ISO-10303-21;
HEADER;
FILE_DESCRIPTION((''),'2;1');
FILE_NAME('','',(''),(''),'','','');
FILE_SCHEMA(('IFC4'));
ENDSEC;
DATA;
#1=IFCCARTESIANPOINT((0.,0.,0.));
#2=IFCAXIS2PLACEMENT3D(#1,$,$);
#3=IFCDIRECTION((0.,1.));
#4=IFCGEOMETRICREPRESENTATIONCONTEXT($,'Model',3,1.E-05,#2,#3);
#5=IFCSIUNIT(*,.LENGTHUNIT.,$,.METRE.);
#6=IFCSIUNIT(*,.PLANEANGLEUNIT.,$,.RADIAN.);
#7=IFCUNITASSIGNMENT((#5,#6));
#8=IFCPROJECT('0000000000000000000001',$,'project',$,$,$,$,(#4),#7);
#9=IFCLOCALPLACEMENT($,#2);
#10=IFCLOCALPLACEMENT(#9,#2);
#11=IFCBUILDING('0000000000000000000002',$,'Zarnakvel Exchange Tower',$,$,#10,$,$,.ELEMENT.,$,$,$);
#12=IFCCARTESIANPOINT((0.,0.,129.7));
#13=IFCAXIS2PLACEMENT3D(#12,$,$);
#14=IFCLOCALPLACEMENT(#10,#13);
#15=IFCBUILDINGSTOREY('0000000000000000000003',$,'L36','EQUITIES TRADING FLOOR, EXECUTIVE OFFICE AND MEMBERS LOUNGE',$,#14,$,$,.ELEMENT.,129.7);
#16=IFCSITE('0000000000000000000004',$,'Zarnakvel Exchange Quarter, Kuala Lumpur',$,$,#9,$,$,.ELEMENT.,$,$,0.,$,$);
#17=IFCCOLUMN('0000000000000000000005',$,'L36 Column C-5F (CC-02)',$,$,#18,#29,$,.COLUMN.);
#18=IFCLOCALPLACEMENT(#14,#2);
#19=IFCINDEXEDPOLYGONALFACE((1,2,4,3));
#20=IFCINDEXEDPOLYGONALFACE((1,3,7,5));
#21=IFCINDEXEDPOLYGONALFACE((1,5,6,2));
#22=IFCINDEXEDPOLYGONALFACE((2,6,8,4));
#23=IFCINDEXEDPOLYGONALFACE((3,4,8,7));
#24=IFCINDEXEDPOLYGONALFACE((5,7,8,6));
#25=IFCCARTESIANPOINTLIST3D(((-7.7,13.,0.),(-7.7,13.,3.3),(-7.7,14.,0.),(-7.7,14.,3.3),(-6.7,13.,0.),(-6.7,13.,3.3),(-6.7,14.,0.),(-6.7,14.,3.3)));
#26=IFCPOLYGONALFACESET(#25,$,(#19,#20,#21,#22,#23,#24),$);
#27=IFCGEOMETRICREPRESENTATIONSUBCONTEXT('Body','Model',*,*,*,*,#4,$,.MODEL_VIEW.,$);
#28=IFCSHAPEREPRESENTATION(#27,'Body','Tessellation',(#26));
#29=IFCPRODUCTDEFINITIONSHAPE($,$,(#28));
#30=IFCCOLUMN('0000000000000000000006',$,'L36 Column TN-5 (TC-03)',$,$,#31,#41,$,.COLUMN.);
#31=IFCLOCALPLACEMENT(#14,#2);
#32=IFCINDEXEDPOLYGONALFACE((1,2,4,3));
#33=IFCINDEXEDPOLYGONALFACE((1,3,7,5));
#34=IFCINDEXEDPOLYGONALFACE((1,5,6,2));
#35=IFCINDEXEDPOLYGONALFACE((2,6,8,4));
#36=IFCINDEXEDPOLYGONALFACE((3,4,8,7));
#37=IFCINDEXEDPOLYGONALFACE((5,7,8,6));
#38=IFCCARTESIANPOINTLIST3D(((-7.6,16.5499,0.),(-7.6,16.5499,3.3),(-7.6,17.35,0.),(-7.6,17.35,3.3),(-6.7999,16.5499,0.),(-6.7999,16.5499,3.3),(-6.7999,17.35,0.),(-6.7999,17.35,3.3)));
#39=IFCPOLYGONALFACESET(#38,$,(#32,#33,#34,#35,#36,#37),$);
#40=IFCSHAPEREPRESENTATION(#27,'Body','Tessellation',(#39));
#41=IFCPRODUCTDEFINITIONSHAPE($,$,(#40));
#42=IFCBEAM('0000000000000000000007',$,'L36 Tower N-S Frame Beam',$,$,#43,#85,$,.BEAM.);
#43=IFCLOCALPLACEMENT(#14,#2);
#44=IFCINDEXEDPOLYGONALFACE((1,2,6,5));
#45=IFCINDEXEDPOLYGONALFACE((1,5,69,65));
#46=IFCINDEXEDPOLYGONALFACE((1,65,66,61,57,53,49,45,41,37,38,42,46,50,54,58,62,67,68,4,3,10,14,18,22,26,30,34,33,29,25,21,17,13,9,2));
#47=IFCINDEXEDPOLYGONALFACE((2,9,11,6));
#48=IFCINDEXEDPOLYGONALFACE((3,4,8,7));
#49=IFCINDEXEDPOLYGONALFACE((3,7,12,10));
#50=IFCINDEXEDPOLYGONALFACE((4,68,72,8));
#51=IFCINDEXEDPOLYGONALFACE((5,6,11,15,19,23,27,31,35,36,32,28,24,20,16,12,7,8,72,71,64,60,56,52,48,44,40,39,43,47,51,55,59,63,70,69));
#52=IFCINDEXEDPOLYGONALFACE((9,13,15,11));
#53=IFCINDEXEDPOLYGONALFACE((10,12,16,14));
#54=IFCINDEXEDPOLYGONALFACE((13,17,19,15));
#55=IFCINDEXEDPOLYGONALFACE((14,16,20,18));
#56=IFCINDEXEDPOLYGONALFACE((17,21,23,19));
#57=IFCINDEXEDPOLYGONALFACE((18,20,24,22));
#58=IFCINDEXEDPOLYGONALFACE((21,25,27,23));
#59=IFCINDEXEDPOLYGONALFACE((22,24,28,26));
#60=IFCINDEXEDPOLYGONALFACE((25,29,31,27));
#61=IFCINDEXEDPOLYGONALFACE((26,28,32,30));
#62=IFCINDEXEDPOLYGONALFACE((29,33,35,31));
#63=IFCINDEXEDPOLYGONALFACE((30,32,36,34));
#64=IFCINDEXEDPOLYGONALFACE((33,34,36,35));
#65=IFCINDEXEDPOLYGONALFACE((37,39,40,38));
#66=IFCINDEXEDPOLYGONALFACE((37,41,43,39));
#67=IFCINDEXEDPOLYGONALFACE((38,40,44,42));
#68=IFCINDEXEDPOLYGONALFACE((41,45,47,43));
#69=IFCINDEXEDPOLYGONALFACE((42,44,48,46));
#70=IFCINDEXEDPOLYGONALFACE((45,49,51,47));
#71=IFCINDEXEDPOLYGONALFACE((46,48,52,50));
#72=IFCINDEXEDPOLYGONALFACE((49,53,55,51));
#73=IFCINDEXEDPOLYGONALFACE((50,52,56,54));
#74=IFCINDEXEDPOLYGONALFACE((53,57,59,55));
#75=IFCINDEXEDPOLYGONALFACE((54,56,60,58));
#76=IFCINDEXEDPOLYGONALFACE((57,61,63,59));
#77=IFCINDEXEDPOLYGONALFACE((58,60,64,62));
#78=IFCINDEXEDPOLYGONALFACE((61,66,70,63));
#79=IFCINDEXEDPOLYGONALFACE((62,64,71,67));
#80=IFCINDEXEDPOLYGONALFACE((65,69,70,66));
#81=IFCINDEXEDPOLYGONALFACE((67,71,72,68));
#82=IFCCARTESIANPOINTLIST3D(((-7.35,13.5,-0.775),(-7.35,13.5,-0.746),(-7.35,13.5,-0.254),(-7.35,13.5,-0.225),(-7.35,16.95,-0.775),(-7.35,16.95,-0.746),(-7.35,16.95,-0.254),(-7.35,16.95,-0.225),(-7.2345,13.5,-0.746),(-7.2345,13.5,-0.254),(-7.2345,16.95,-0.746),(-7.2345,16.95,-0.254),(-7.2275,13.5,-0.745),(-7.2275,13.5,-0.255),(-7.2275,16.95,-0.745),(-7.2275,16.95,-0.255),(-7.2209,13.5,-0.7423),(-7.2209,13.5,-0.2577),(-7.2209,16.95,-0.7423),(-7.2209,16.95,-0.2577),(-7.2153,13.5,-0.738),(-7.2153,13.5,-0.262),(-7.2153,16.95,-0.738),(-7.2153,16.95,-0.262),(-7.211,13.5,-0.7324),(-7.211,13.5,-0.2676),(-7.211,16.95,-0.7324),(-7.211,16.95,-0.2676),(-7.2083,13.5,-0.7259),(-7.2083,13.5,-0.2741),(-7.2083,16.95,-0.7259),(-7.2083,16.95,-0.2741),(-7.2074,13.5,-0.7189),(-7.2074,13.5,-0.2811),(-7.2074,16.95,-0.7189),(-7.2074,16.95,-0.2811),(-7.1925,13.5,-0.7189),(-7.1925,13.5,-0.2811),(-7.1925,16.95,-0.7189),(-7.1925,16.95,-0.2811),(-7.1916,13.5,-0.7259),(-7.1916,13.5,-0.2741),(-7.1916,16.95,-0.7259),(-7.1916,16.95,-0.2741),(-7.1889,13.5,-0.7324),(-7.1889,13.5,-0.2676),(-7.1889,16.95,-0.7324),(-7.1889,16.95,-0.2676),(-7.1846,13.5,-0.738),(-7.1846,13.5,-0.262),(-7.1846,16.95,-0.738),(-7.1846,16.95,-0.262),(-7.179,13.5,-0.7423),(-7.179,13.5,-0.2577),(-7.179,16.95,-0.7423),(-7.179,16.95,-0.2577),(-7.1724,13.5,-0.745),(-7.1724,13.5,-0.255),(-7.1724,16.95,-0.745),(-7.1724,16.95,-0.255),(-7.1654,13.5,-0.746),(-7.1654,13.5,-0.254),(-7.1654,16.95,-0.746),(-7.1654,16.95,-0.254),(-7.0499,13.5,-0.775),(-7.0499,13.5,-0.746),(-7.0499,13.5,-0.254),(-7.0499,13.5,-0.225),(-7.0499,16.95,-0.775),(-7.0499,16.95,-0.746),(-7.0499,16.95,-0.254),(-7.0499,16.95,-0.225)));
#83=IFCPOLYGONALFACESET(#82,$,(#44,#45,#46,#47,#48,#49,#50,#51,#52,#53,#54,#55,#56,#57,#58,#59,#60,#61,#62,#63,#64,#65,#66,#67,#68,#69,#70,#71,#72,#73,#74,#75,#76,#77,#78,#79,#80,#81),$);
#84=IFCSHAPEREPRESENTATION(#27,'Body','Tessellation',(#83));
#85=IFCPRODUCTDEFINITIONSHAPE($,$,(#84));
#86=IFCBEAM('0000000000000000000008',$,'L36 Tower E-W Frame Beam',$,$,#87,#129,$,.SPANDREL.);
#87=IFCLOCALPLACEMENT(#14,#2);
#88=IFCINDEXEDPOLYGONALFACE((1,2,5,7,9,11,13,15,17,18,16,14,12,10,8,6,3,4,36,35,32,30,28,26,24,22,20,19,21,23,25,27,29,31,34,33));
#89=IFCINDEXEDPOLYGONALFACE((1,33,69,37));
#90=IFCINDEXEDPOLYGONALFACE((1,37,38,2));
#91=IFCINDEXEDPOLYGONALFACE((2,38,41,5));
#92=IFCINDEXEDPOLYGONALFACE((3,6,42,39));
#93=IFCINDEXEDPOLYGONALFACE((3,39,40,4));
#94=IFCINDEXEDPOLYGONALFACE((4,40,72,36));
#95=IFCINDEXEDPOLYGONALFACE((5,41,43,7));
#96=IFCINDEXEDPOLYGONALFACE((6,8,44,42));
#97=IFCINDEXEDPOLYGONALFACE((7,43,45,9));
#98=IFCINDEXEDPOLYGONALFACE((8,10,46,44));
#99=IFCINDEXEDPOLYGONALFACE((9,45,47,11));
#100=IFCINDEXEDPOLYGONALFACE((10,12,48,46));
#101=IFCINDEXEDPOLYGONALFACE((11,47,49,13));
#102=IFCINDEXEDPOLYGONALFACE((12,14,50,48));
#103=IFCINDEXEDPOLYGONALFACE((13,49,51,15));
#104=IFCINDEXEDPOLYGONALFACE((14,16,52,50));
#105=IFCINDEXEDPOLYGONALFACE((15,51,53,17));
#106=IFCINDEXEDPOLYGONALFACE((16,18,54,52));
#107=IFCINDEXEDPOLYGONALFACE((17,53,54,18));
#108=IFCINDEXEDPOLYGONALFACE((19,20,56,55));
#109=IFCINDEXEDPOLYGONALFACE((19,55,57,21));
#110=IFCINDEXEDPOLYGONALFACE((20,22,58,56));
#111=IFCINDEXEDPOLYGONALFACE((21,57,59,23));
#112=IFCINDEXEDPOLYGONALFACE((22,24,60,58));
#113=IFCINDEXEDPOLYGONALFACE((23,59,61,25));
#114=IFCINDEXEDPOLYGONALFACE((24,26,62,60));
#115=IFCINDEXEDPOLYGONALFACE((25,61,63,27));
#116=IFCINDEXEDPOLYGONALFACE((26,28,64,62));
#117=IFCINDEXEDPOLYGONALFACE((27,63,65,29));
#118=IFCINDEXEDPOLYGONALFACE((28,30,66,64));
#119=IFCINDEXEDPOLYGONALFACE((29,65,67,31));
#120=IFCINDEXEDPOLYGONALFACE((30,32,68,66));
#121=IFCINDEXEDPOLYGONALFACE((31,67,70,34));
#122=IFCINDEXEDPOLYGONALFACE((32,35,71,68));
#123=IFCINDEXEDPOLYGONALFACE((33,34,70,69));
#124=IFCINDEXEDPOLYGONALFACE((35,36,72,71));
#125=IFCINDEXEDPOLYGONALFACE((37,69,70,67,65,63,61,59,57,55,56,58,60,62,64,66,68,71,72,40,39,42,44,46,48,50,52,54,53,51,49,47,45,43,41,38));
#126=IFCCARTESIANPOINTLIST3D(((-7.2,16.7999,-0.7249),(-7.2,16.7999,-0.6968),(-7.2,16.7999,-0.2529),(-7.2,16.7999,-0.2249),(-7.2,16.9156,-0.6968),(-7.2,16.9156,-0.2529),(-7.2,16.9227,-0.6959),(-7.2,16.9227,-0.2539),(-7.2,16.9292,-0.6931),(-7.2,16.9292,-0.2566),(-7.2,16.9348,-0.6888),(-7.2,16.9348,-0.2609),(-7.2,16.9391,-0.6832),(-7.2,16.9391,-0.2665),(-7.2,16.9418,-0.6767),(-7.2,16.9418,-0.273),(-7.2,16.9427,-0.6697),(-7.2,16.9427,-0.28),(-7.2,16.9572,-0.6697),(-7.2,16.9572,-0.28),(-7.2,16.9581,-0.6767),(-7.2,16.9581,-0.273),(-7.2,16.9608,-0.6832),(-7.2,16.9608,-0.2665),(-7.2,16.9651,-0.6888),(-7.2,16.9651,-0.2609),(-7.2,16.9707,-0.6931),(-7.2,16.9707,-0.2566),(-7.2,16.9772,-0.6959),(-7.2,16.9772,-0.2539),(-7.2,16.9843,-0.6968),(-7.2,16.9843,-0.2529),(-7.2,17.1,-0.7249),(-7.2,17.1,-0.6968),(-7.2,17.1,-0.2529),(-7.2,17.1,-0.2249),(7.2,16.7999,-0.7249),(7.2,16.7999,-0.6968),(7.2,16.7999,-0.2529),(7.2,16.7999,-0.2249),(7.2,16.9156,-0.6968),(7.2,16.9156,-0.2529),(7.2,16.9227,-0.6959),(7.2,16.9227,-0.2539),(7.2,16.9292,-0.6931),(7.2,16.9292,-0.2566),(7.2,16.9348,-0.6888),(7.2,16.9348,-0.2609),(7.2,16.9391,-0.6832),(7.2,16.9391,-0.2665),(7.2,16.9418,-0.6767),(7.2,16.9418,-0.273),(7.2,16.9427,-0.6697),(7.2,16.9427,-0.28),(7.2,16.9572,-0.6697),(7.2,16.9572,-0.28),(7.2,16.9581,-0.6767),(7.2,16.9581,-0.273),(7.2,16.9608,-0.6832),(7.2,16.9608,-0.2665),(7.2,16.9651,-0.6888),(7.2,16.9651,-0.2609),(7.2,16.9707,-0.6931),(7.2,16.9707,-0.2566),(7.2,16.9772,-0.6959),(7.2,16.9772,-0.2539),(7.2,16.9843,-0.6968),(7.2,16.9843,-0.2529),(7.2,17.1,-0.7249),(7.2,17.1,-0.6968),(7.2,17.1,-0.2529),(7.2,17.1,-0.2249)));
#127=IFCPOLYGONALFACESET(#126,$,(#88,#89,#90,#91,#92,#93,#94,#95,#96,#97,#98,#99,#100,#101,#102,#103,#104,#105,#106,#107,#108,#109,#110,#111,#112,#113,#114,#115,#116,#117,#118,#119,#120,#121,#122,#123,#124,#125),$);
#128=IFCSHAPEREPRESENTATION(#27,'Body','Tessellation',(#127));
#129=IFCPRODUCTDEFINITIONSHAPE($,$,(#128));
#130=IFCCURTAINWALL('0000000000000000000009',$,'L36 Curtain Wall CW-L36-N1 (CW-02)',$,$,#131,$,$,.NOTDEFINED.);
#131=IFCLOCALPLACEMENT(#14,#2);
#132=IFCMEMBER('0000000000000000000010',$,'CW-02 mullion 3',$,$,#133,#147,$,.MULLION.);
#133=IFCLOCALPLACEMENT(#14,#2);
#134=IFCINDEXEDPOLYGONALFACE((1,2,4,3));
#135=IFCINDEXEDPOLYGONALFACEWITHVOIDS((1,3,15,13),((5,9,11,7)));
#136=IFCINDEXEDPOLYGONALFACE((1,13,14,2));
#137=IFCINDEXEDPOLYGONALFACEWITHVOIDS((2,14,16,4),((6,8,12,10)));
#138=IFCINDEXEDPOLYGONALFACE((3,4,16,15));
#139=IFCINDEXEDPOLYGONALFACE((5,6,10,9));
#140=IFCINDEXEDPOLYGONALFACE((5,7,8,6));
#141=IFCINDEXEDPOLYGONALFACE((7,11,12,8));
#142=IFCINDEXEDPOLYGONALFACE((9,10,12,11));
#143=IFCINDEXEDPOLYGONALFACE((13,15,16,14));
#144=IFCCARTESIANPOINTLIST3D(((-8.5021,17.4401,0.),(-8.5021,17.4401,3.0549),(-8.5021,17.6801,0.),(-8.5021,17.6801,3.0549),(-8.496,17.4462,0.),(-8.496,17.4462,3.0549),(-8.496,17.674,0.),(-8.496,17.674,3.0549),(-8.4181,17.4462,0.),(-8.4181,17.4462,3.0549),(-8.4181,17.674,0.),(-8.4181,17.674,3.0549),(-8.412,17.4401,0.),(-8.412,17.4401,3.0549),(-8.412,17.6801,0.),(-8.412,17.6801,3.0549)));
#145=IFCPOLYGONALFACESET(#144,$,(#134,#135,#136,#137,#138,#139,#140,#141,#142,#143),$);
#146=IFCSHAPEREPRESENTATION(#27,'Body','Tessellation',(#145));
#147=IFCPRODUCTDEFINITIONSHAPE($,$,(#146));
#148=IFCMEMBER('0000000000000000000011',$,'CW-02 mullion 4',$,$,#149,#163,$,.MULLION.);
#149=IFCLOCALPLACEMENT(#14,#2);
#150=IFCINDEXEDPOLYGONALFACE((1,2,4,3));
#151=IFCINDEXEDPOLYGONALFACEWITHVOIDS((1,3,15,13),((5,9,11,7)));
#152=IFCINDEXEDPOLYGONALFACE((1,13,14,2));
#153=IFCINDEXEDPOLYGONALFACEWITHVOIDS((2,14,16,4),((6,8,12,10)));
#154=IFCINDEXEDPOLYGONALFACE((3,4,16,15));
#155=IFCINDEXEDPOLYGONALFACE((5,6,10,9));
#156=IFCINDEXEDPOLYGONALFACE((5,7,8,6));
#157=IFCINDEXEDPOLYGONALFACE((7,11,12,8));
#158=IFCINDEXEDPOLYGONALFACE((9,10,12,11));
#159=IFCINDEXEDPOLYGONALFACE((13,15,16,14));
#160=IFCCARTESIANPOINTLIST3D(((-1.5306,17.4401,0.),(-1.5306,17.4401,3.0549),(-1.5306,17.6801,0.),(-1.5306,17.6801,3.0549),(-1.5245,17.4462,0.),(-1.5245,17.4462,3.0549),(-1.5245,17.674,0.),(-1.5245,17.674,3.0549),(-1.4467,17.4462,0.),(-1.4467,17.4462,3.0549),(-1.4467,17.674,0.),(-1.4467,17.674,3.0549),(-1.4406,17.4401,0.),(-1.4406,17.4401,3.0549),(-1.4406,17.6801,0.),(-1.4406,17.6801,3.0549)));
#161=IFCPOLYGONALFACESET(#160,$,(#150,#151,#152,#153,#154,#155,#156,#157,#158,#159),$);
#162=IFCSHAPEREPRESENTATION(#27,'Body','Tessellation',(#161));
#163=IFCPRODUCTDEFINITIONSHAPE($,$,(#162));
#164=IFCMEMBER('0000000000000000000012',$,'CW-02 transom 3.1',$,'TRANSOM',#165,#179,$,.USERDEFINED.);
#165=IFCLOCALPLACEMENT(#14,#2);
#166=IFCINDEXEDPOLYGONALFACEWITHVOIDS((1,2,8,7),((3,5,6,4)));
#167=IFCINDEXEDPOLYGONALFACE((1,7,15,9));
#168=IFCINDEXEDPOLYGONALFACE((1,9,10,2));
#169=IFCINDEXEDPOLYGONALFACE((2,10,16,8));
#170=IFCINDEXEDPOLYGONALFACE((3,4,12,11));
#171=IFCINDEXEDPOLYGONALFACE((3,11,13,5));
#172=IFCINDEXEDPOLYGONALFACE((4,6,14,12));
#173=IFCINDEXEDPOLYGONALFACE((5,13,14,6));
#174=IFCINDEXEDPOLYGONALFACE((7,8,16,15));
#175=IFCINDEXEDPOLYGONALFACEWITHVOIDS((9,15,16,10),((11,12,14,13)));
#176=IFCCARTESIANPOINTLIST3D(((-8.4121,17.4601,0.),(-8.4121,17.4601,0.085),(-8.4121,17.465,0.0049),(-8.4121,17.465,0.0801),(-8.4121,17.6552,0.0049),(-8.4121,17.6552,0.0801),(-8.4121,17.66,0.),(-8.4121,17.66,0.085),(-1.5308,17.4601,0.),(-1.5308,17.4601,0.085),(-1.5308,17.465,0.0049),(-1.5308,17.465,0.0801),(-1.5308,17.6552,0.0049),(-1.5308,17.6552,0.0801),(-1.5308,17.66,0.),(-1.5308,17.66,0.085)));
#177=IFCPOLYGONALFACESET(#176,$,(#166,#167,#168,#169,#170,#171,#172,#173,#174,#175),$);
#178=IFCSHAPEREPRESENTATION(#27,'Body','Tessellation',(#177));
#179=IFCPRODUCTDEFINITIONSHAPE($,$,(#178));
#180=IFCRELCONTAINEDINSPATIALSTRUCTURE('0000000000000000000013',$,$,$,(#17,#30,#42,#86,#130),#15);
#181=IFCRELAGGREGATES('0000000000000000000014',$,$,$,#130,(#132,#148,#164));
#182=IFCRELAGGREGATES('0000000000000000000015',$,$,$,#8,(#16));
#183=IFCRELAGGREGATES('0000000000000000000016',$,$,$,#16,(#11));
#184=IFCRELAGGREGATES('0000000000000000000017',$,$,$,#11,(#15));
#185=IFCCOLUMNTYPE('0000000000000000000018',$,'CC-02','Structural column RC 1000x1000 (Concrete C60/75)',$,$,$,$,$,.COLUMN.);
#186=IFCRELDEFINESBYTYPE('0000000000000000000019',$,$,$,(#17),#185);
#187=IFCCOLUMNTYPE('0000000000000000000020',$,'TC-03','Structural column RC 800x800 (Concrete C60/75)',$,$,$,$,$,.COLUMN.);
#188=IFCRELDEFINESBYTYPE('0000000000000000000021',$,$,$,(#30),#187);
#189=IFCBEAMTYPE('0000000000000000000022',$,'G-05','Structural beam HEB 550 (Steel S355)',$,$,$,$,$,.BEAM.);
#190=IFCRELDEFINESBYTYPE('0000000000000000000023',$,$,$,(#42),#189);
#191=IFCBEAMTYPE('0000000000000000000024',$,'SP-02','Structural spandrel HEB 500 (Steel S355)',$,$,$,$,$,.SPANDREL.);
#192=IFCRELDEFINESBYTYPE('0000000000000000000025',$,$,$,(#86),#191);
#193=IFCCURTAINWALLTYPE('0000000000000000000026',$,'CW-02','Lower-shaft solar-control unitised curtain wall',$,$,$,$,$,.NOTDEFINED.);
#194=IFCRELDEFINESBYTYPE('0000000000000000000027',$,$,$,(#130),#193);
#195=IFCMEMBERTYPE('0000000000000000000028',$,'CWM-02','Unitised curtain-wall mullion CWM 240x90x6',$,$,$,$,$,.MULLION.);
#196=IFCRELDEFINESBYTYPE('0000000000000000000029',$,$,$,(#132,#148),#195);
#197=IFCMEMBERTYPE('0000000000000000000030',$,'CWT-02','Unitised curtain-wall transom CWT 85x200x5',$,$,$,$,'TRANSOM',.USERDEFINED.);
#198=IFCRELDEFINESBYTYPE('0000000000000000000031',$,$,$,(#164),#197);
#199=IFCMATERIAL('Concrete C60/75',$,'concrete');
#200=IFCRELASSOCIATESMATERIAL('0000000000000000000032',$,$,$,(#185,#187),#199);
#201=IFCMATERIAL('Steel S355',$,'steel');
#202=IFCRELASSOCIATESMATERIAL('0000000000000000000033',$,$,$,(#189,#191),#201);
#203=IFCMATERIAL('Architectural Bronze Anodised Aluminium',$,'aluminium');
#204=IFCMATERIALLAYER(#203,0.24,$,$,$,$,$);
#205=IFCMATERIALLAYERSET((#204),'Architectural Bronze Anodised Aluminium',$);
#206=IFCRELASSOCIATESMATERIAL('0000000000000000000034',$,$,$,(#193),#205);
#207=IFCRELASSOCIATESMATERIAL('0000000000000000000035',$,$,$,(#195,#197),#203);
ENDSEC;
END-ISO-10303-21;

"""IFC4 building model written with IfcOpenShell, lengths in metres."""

from ifc_helpers import new_model, si_unit, direction, frame, origin, origin_2d, place, context, subcontext, project, spatial, rectangle, hollow_rectangle, i_section, extrude, source, transform, mapped, material, layer, layer_set, material_profile, profile_set, type_object, element, aggregate, save


model = new_model("IFC4")

# Units and contexts
model_context = context("Model", 3, precision=1e-05, world=origin(), true_north=direction((0.0, 1.0)))
body_context = subcontext(model_context, "Body", "Model", "MODEL_VIEW")
ifc_project = project(units=[si_unit("LENGTHUNIT", "METRE"), si_unit("PLANEANGLEUNIT", "RADIAN")], contexts=[model_context])

# Site, building, storey
site_placement = place(None, origin())
site = spatial("IfcSite", under=ifc_project, at=site_placement, Name="Zarnakvel Exchange Quarter, Kuala Lumpur", CompositionType="ELEMENT", RefElevation=0.0)
building_placement = place(site_placement, origin())
building = spatial("IfcBuilding", under=site, at=building_placement, Name="Zarnakvel Exchange Tower", CompositionType="ELEMENT")
storey_placement = place(building_placement, frame((0.0, 0.0, 129.7)))
storey = spatial("IfcBuildingStorey", under=building, at=storey_placement, Name="L36", Description="EQUITIES TRADING FLOOR, EXECUTIVE OFFICE AND MEMBERS LOUNGE", CompositionType="ELEMENT", Elevation=129.7)

# Columns
ifc_material_1 = material(Name="Concrete C60/75", Category="concrete")
ifc_material_profile_1 = material_profile(ifc_material_1, rectangle(XDim=1.0, YDim=1.0, at=origin_2d()))
ifc_profile_set_1 = profile_set([ifc_material_profile_1], Name="Concrete C60/75")
column_type_1 = type_object("IfcColumnType", Name="CC-02", Description="Structural column RC 1000x1000 (Concrete C60/75)", PredefinedType="COLUMN", material=ifc_profile_set_1)
column_1_placement = place(storey_placement, frame((-7.2, 13.5, 0.0), z_axis=(0.0, 0.0, 1.0), x_axis=(1.0, 0.0, 0.0)))
element("IfcColumn", 1, at=column_1_placement, inside=storey, type_object=column_type_1, Name="L36 Column C-5F (CC-02)", PredefinedType="COLUMN", context=body_context, shape_type="SweptSolid", body=[
    extrude(rectangle(XDim=1.0, YDim=1.0, at=origin_2d()), origin(), (0.0, 0.0, 1.0), 3.3),
])
ifc_material_profile_2 = material_profile(ifc_material_1, rectangle(XDim=0.8, YDim=0.8, at=origin_2d()))
ifc_profile_set_2 = profile_set([ifc_material_profile_2], Name="Concrete C60/75")
column_type_2 = type_object("IfcColumnType", Name="TC-03", Description="Structural column RC 800x800 (Concrete C60/75)", PredefinedType="COLUMN", material=ifc_profile_set_2)
column_2_placement = place(storey_placement, frame((-7.2, 16.95, 0.0), z_axis=(0.0, 0.0, 1.0), x_axis=(1.0, 0.0, 0.0)))
element("IfcColumn", 2, at=column_2_placement, inside=storey, type_object=column_type_2, Name="L36 Column TN-5 (TC-03)", PredefinedType="COLUMN", context=body_context, shape_type="SweptSolid", body=[
    extrude(rectangle(XDim=0.8, YDim=0.8, at=origin_2d()), origin(), (0.0, 0.0, 1.0), 3.3),
])

# Beams
ifc_material_2 = material(Name="Steel S355", Category="steel")
ifc_material_profile_3 = material_profile(ifc_material_2, i_section(OverallWidth=0.3, OverallDepth=0.55, WebThickness=0.0149, FlangeThickness=0.0291, FilletRadius=0.0271, at=origin_2d()))
ifc_profile_set_3 = profile_set([ifc_material_profile_3], Name="Steel S355")
beam_type_1 = type_object("IfcBeamType", Name="G-05", Description="Structural beam HEB 550 (Steel S355)", PredefinedType="BEAM", material=ifc_profile_set_3)
beam_1_placement = place(storey_placement, frame((-7.2, 13.5, -0.5), z_axis=(0.0, 1.0, 0.0), x_axis=(-1.0, 0.0, 0.0)))
element("IfcBeam", 3, at=beam_1_placement, inside=storey, type_object=beam_type_1, Name="L36 Tower N-S Frame Beam", PredefinedType="BEAM", context=body_context, shape_type="SweptSolid", body=[
    extrude(i_section(OverallWidth=0.3, OverallDepth=0.55, WebThickness=0.0149, FlangeThickness=0.0291, FilletRadius=0.0271, at=origin_2d()), origin(), (0.0, 0.0, 1.0), 3.45),
])
ifc_material_profile_4 = material_profile(ifc_material_2, i_section(OverallWidth=0.3, OverallDepth=0.5, WebThickness=0.0144, FlangeThickness=0.0281, FilletRadius=0.0271, at=origin_2d()))
ifc_profile_set_4 = profile_set([ifc_material_profile_4], Name="Steel S355")
beam_type_2 = type_object("IfcBeamType", Name="SP-02", Description="Structural spandrel HEB 500 (Steel S355)", PredefinedType="SPANDREL", material=ifc_profile_set_4)
beam_2_placement = place(storey_placement, frame((-7.2, 16.95, -0.4749), z_axis=(1.0, 0.0, 0.0), x_axis=(0.0, 1.0, 0.0)))
element("IfcBeam", 4, at=beam_2_placement, inside=storey, type_object=beam_type_2, Name="L36 Tower E-W Frame Beam", PredefinedType="SPANDREL", context=body_context, shape_type="SweptSolid", body=[
    extrude(i_section(OverallWidth=0.3, OverallDepth=0.5, WebThickness=0.0144, FlangeThickness=0.0281, FilletRadius=0.0271, at=origin_2d()), origin(), (0.0, 0.0, 1.0), 14.3999),
])

# Curtain wall, members
ifc_material_3 = material(Name="Architectural Bronze Anodised Aluminium", Category="aluminium")
ifc_layer_1 = layer(ifc_material_3, 0.24)
ifc_layer_set_1 = layer_set([ifc_layer_1], Name="Architectural Bronze Anodised Aluminium")
curtain_wall_type = type_object("IfcCurtainWallType", Name="CW-02", Description="Lower-shaft solar-control unitised curtain wall", PredefinedType="NOTDEFINED", material=ifc_layer_set_1)
curtain_wall_placement = place(storey_placement, origin())
curtain_wall = element("IfcCurtainWall", 5, at=curtain_wall_placement, inside=storey, type_object=curtain_wall_type, Name="L36 Curtain Wall CW-L36-N1 (CW-02)", PredefinedType="NOTDEFINED")
ifc_material_profile_5 = material_profile(ifc_material_3, hollow_rectangle(XDim=0.24, YDim=0.0901, WallThickness=0.0061, at=origin_2d()))
ifc_profile_set_5 = profile_set([ifc_material_profile_5], Name="Architectural Bronze Anodised Aluminium")
member_type_1 = type_object("IfcMemberType", Name="CWM-02", Description="Unitised curtain-wall mullion CWM 240x90x6", PredefinedType="MULLION", material=ifc_profile_set_5)
shared_shape_1 = source(origin(), body_context, "Body", "SweptSolid", [
    extrude(hollow_rectangle(XDim=0.24, YDim=0.0901, WallThickness=0.0061, at=origin_2d()), origin(), (0.0, 0.0, 1.0), 3.0549),
])
member_1_placement = place(storey_placement, frame((-8.457, 17.5601, 0.0), z_axis=(0.0, 0.0, 1.0), x_axis=(0.0, 1.0, 0.0)))
member_1 = element("IfcMember", 6, at=member_1_placement, type_object=member_type_1, Name="CW-02 mullion 3", PredefinedType="MULLION", context=body_context, shape_type="MappedRepresentation", body=[
    mapped(shared_shape_1, transform((0.0, 0.0, 0.0), x_axis=(1.0, 0.0, 0.0), y_axis=(0.0, 1.0, 0.0), z_axis=(0.0, 0.0, 1.0), scale=1.0)),
])
member_2_placement = place(storey_placement, frame((-1.4856, 17.5601, 0.0), z_axis=(0.0, 0.0, 1.0), x_axis=(0.0, 1.0, 0.0)))
member_2 = element("IfcMember", 7, at=member_2_placement, type_object=member_type_1, Name="CW-02 mullion 4", PredefinedType="MULLION", context=body_context, shape_type="MappedRepresentation", body=[
    mapped(shared_shape_1, transform((0.0, 0.0, 0.0), x_axis=(1.0, 0.0, 0.0), y_axis=(0.0, 1.0, 0.0), z_axis=(0.0, 0.0, 1.0), scale=1.0)),
])
ifc_material_profile_6 = material_profile(ifc_material_3, hollow_rectangle(XDim=0.2, YDim=0.085, WallThickness=0.0049, at=origin_2d()))
ifc_profile_set_6 = profile_set([ifc_material_profile_6], Name="Architectural Bronze Anodised Aluminium")
member_type_2 = type_object("IfcMemberType", Name="CWT-02", Description="Unitised curtain-wall transom CWT 85x200x5", ElementType="TRANSOM", PredefinedType="USERDEFINED", material=ifc_profile_set_6)
shared_shape_2 = source(origin(), body_context, "Body", "SweptSolid", [
    extrude(hollow_rectangle(XDim=0.2, YDim=0.085, WallThickness=0.0049, at=origin_2d()), origin(), (0.0, 0.0, 1.0), 6.8813),
])
member_3_placement = place(storey_placement, frame((-8.4121, 17.5601, 0.0425), z_axis=(1.0, 0.0, 0.0), x_axis=(0.0, 1.0, 0.0)))
member_3 = element("IfcMember", 8, at=member_3_placement, type_object=member_type_2, Name="CW-02 transom 3.1", ObjectType="TRANSOM", PredefinedType="USERDEFINED", context=body_context, shape_type="MappedRepresentation", body=[
    mapped(shared_shape_2, transform((0.0, 0.0, 0.0), x_axis=(1.0, 0.0, 0.0), y_axis=(0.0, 1.0, 0.0), z_axis=(0.0, 0.0, 1.0), scale=1.0)),
])
aggregate(curtain_wall, [member_1, member_2, member_3])

save(model, "model.ifc")
